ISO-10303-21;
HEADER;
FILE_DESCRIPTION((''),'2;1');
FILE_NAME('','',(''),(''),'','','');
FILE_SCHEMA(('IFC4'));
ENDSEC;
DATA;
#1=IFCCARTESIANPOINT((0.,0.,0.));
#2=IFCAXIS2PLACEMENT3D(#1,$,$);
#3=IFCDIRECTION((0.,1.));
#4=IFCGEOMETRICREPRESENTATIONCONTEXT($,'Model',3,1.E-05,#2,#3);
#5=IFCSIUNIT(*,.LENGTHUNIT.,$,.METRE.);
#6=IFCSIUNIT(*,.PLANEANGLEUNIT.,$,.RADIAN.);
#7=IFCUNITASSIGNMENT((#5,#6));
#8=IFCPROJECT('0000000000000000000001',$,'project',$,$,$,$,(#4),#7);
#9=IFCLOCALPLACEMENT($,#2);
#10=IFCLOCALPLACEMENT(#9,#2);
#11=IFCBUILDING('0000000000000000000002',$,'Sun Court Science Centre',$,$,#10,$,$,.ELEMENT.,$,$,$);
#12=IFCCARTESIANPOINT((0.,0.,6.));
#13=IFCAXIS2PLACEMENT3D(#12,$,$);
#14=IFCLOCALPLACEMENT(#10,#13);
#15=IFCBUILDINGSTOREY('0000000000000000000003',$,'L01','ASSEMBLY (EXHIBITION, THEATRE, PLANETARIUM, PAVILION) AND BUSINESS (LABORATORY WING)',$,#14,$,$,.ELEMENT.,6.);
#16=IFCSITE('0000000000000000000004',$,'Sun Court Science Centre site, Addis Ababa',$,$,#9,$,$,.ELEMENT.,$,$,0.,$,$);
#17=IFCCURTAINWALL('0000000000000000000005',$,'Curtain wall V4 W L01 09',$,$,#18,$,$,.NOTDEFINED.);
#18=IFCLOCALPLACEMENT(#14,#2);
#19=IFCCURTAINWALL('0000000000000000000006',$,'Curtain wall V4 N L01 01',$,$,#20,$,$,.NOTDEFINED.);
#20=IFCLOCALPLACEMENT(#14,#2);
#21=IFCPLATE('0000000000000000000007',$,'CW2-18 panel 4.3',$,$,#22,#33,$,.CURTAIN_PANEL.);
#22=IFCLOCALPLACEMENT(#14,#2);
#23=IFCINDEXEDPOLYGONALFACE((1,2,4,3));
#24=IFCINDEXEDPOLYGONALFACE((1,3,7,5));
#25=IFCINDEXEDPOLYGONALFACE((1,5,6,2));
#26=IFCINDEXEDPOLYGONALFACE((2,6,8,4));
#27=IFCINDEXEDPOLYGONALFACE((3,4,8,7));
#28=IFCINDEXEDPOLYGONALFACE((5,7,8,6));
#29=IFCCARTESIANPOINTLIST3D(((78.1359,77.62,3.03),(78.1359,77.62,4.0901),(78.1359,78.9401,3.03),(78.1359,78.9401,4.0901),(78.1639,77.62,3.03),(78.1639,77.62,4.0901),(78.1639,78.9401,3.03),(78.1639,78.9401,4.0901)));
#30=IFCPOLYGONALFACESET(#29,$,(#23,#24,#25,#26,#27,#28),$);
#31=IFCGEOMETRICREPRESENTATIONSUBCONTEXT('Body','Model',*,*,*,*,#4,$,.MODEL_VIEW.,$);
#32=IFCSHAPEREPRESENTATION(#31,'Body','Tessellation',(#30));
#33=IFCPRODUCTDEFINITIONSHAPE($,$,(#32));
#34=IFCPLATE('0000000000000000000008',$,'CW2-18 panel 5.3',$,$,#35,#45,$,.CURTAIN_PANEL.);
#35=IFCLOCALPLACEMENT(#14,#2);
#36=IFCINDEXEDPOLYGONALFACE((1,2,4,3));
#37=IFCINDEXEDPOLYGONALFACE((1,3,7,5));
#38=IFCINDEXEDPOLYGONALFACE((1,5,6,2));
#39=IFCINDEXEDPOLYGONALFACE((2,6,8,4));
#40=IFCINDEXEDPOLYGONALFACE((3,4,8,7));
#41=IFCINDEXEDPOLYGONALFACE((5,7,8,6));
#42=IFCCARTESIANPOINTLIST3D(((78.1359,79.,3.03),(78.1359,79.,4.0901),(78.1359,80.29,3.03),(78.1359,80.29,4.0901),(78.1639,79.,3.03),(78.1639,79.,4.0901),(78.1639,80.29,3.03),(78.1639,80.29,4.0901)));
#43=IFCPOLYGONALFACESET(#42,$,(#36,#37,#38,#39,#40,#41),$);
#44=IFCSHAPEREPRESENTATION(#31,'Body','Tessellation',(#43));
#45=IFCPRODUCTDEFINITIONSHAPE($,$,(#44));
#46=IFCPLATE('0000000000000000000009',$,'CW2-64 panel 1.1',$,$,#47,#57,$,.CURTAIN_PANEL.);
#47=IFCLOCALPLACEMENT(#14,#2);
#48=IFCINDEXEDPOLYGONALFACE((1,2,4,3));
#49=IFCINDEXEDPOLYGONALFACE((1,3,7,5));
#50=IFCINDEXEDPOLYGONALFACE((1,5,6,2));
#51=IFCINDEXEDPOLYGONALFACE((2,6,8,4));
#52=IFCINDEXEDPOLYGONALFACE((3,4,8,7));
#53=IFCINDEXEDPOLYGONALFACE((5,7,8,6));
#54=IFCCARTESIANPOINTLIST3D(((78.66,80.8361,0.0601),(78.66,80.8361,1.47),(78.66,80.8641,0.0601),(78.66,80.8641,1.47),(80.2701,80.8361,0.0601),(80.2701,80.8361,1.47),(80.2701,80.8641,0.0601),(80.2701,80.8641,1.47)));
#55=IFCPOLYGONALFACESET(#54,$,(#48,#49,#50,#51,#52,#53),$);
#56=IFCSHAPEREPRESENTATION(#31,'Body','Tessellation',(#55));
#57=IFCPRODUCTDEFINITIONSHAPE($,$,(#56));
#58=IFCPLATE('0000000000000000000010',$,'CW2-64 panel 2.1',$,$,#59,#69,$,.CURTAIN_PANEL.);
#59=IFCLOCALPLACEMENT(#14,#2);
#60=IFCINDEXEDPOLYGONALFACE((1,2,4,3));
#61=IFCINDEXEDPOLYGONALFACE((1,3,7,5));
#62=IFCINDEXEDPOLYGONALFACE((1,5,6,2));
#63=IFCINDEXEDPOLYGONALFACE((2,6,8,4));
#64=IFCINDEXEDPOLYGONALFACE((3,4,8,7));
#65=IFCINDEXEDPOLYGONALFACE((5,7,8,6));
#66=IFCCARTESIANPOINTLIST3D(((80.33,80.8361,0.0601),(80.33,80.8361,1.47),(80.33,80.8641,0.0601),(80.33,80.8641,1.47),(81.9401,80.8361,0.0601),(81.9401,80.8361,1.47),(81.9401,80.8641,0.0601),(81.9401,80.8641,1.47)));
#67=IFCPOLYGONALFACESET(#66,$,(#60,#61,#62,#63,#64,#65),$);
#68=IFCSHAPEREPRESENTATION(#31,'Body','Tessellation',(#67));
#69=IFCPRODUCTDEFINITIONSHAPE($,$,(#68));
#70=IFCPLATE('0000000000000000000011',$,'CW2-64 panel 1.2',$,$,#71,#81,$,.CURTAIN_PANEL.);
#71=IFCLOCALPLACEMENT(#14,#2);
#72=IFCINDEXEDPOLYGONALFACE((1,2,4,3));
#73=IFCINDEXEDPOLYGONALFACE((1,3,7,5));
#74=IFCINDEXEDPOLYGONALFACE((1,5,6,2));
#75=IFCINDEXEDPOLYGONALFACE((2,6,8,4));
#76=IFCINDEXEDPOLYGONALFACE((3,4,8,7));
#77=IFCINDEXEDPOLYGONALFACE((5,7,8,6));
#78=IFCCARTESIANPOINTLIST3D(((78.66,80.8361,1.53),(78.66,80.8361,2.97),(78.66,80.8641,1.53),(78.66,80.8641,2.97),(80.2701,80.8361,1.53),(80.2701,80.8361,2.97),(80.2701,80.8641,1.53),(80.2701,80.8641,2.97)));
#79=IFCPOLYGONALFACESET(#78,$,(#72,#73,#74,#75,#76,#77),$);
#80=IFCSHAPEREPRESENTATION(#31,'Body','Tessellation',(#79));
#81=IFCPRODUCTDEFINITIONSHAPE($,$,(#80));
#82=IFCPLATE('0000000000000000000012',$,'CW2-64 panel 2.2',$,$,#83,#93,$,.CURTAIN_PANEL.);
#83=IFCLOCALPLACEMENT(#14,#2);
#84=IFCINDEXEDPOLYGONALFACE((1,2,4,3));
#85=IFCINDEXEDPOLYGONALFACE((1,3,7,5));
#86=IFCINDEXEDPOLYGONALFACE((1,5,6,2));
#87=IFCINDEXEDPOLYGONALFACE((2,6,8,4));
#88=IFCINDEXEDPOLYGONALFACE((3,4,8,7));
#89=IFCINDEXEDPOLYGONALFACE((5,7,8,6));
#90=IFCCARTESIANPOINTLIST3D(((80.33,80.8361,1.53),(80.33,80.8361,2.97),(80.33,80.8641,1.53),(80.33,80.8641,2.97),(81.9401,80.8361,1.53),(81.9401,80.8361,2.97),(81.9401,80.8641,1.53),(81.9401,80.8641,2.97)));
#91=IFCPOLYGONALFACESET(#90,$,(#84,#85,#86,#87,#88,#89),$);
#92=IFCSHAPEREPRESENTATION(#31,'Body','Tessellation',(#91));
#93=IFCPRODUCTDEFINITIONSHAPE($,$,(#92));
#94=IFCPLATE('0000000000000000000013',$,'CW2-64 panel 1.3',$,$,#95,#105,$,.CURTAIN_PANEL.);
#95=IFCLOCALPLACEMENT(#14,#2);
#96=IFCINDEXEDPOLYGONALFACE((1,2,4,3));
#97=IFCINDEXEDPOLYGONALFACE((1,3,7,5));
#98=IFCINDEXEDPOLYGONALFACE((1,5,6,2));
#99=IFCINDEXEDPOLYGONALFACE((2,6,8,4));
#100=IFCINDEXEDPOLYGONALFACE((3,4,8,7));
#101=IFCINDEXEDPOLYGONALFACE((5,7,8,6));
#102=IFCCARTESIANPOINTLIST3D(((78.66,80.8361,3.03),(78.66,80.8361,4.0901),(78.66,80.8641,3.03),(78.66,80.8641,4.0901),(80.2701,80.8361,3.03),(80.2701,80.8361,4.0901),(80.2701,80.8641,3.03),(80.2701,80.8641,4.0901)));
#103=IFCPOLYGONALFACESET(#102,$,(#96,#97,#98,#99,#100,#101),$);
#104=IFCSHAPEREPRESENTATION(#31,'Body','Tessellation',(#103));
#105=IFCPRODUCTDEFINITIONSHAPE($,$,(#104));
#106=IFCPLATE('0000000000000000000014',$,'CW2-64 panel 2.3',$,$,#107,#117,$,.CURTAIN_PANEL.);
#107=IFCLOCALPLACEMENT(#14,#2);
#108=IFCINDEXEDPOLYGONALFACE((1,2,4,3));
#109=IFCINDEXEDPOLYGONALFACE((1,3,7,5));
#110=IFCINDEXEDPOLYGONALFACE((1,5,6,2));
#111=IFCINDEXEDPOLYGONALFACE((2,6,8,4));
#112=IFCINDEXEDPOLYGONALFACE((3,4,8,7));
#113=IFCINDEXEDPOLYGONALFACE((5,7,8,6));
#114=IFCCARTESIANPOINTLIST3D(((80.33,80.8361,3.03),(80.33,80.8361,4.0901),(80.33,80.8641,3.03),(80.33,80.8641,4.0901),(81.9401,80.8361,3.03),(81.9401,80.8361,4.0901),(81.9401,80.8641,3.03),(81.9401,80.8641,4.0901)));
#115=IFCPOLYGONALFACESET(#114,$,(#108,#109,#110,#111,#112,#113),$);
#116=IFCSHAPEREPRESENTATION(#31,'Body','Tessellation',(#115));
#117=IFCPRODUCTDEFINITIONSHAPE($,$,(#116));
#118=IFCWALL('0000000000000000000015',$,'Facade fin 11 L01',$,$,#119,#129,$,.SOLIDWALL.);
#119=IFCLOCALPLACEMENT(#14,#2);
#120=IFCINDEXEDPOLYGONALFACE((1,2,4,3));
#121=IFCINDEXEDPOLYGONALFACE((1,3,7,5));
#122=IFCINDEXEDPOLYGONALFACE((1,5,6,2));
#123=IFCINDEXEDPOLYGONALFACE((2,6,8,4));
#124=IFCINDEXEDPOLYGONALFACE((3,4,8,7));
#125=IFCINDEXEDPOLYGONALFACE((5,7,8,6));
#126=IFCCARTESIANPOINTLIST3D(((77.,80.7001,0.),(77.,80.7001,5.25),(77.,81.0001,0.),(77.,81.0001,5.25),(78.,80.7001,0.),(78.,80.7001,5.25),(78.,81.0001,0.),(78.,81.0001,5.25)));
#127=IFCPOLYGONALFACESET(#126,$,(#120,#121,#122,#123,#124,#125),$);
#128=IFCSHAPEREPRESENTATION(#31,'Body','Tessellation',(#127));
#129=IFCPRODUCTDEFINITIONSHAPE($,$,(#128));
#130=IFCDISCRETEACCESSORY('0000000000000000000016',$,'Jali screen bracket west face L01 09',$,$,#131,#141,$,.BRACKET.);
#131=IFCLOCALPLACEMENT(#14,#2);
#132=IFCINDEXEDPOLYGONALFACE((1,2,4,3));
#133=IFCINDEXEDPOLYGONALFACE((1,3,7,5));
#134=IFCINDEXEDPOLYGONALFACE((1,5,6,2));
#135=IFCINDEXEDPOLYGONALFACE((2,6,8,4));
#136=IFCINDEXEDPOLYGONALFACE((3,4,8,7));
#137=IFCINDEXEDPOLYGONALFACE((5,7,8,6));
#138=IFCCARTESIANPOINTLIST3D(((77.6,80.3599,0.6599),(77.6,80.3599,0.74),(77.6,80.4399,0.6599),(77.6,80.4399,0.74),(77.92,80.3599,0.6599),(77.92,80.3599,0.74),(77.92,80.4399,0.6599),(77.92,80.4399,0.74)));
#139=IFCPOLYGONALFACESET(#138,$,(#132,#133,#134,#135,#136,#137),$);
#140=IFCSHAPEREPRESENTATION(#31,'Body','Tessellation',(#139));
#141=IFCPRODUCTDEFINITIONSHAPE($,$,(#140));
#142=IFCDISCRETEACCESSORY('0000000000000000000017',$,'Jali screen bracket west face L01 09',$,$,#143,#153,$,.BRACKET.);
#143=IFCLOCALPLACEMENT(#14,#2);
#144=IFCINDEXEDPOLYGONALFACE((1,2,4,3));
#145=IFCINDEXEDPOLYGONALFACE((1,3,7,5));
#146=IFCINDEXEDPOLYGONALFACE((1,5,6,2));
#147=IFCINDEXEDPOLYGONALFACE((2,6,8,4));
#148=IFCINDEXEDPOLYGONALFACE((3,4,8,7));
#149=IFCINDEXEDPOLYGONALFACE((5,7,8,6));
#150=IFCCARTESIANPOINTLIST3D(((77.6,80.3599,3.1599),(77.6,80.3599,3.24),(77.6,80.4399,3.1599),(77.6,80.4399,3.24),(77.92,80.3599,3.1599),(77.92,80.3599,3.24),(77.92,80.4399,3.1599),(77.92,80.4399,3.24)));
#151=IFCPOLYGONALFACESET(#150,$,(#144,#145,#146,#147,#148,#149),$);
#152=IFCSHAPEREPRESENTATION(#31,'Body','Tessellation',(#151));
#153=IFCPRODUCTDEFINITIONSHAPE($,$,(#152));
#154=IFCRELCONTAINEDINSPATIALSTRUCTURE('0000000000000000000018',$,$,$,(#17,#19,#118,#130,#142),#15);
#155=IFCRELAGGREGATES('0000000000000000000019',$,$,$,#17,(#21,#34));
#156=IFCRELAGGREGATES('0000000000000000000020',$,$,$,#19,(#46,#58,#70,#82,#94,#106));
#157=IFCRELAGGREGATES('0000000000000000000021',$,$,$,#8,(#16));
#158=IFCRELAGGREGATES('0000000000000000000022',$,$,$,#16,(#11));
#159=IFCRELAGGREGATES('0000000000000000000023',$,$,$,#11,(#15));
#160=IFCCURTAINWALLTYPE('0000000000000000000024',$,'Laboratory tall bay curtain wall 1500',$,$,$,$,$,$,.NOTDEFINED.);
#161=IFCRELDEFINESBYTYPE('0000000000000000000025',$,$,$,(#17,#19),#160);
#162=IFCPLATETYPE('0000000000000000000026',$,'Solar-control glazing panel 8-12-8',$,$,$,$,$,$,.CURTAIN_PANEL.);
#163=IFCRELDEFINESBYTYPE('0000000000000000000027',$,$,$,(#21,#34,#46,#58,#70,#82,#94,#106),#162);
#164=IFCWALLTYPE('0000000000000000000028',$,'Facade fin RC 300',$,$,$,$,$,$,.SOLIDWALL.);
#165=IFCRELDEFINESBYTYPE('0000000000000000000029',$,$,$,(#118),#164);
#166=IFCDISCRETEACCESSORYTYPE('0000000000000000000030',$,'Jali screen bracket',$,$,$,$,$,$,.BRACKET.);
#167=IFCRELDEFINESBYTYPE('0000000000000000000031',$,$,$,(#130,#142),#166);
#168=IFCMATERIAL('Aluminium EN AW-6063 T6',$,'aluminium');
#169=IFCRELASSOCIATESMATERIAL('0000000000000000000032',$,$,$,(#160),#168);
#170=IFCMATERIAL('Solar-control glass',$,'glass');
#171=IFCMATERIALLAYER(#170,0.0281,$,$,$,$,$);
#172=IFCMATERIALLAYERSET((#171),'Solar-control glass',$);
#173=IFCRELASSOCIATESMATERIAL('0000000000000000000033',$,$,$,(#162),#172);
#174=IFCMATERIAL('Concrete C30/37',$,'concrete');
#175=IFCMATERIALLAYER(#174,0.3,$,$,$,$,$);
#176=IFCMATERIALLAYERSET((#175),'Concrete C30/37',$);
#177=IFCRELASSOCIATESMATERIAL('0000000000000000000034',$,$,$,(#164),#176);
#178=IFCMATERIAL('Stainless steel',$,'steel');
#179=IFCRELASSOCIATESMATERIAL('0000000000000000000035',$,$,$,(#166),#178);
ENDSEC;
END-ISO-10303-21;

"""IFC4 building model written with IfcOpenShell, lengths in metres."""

from ifc_helpers import new_model, si_unit, direction, frame, frame_2d, origin, origin_2d, place, context, subcontext, project, spatial, rectangle, extrude, material, layer, layer_set, type_object, element, aggregate, save


model = new_model("IFC4")

# Units and contexts
model_context = context("Model", 3, precision=1e-05, world=origin(), true_north=direction((0.0, 1.0)))
body_context = subcontext(model_context, "Body", "Model", "MODEL_VIEW")
ifc_project = project(units=[si_unit("LENGTHUNIT", "METRE"), si_unit("PLANEANGLEUNIT", "RADIAN")], contexts=[model_context])

# Site, building, storey
site_placement = place(None, origin())
site = spatial("IfcSite", under=ifc_project, at=site_placement, Name="Sun Court Science Centre site, Addis Ababa", CompositionType="ELEMENT", RefElevation=0.0)
building_placement = place(site_placement, origin())
building = spatial("IfcBuilding", under=site, at=building_placement, Name="Sun Court Science Centre", CompositionType="ELEMENT")
storey_placement = place(building_placement, frame((0.0, 0.0, 6.0)))
storey = spatial("IfcBuildingStorey", under=building, at=storey_placement, Name="L01", Description="ASSEMBLY (EXHIBITION, THEATRE, PLANETARIUM, PAVILION) AND BUSINESS (LABORATORY WING)", CompositionType="ELEMENT", Elevation=6.0)

# Curtain walls
ifc_material_1 = material(Name="Aluminium EN AW-6063 T6", Category="aluminium")
curtain_wall_type = type_object("IfcCurtainWallType", Name="Laboratory tall bay curtain wall 1500", PredefinedType="NOTDEFINED", material=ifc_material_1)
curtain_wall_1_placement = place(storey_placement, origin())
curtain_wall_1 = element("IfcCurtainWall", 1, at=curtain_wall_1_placement, inside=storey, type_object=curtain_wall_type, Name="Curtain wall V4 W L01 09", PredefinedType="NOTDEFINED")
curtain_wall_2_placement = place(storey_placement, origin())
curtain_wall_2 = element("IfcCurtainWall", 2, at=curtain_wall_2_placement, inside=storey, type_object=curtain_wall_type, Name="Curtain wall V4 N L01 01", PredefinedType="NOTDEFINED")

# Plates
ifc_material_2 = material(Name="Solar-control glass", Category="glass")
ifc_layer_1 = layer(ifc_material_2, 0.0281)
ifc_layer_set_1 = layer_set([ifc_layer_1], Name="Solar-control glass")
plate_type = type_object("IfcPlateType", Name="Solar-control glazing panel 8-12-8", PredefinedType="CURTAIN_PANEL", material=ifc_layer_set_1)
plate_1_placement = place(storey_placement, frame((78.1499, 78.28, 3.03), z_axis=(0.0, 0.0, 1.0), x_axis=(0.0, 1.0, 0.0)))
plate_1 = element("IfcPlate", 3, at=plate_1_placement, type_object=plate_type, Name="CW2-18 panel 4.3", PredefinedType="CURTAIN_PANEL", context=body_context, shape_type="SweptSolid", body=[
    extrude(rectangle(XDim=1.3201, YDim=0.0281, at=origin_2d()), origin(), (0.0, 0.0, 1.0), 1.0601),
])
plate_2_placement = place(storey_placement, frame((78.1499, 79.645, 3.03), z_axis=(0.0, 0.0, 1.0), x_axis=(0.0, 1.0, 0.0)))
plate_2 = element("IfcPlate", 4, at=plate_2_placement, type_object=plate_type, Name="CW2-18 panel 5.3", PredefinedType="CURTAIN_PANEL", context=body_context, shape_type="SweptSolid", body=[
    extrude(rectangle(XDim=1.29, YDim=0.0281, at=origin_2d()), origin(), (0.0, 0.0, 1.0), 1.0601),
])
aggregate(curtain_wall_1, [plate_1, plate_2])
plate_3_placement = place(storey_placement, frame((79.4651, 80.8501, 0.0601), z_axis=(0.0, 0.0, 1.0), x_axis=(1.0, 0.0, 0.0)))
plate_3 = element("IfcPlate", 5, at=plate_3_placement, type_object=plate_type, Name="CW2-64 panel 1.1", PredefinedType="CURTAIN_PANEL", context=body_context, shape_type="SweptSolid", body=[
    extrude(rectangle(XDim=1.6101, YDim=0.0281, at=origin_2d()), origin(), (0.0, 0.0, 1.0), 1.4099),
])
plate_4_placement = place(storey_placement, frame((81.135, 80.8501, 0.0601), z_axis=(0.0, 0.0, 1.0), x_axis=(1.0, 0.0, 0.0)))
plate_4 = element("IfcPlate", 6, at=plate_4_placement, type_object=plate_type, Name="CW2-64 panel 2.1", PredefinedType="CURTAIN_PANEL", context=body_context, shape_type="SweptSolid", body=[
    extrude(rectangle(XDim=1.6101, YDim=0.0281, at=origin_2d()), origin(), (0.0, 0.0, 1.0), 1.4099),
])
plate_5_placement = place(storey_placement, frame((79.4651, 80.8501, 1.53), z_axis=(0.0, 0.0, 1.0), x_axis=(1.0, 0.0, 0.0)))
plate_5 = element("IfcPlate", 7, at=plate_5_placement, type_object=plate_type, Name="CW2-64 panel 1.2", PredefinedType="CURTAIN_PANEL", context=body_context, shape_type="SweptSolid", body=[
    extrude(rectangle(XDim=1.6101, YDim=0.0281, at=origin_2d()), origin(), (0.0, 0.0, 1.0), 1.4399),
])
plate_6_placement = place(storey_placement, frame((81.135, 80.8501, 1.53), z_axis=(0.0, 0.0, 1.0), x_axis=(1.0, 0.0, 0.0)))
plate_6 = element("IfcPlate", 8, at=plate_6_placement, type_object=plate_type, Name="CW2-64 panel 2.2", PredefinedType="CURTAIN_PANEL", context=body_context, shape_type="SweptSolid", body=[
    extrude(rectangle(XDim=1.6101, YDim=0.0281, at=origin_2d()), origin(), (0.0, 0.0, 1.0), 1.4399),
])
plate_7_placement = place(storey_placement, frame((79.4651, 80.8501, 3.03), z_axis=(0.0, 0.0, 1.0), x_axis=(1.0, 0.0, 0.0)))
plate_7 = element("IfcPlate", 9, at=plate_7_placement, type_object=plate_type, Name="CW2-64 panel 1.3", PredefinedType="CURTAIN_PANEL", context=body_context, shape_type="SweptSolid", body=[
    extrude(rectangle(XDim=1.6101, YDim=0.0281, at=origin_2d()), origin(), (0.0, 0.0, 1.0), 1.0601),
])
plate_8_placement = place(storey_placement, frame((81.135, 80.8501, 3.03), z_axis=(0.0, 0.0, 1.0), x_axis=(1.0, 0.0, 0.0)))
plate_8 = element("IfcPlate", 10, at=plate_8_placement, type_object=plate_type, Name="CW2-64 panel 2.3", PredefinedType="CURTAIN_PANEL", context=body_context, shape_type="SweptSolid", body=[
    extrude(rectangle(XDim=1.6101, YDim=0.0281, at=origin_2d()), origin(), (0.0, 0.0, 1.0), 1.0601),
])
aggregate(curtain_wall_2, [plate_3, plate_4, plate_5, plate_6, plate_7, plate_8])

# Wall
ifc_material_3 = material(Name="Concrete C30/37", Category="concrete")
ifc_layer_2 = layer(ifc_material_3, 0.3)
ifc_layer_set_2 = layer_set([ifc_layer_2], Name="Concrete C30/37")
wall_type = type_object("IfcWallType", Name="Facade fin RC 300", PredefinedType="SOLIDWALL", material=ifc_layer_set_2)
wall_placement = place(storey_placement, frame((77.0, 80.8501, 0.0), z_axis=(0.0, 0.0, 1.0), x_axis=(1.0, 0.0, 0.0)))
element("IfcWall", 11, at=wall_placement, inside=storey, type_object=wall_type, Name="Facade fin 11 L01", PredefinedType="SOLIDWALL", context=body_context, shape_type="SweptSolid", body=[
    extrude(rectangle(XDim=1.0, YDim=0.3, at=frame_2d((0.5, 0.0))), origin(), (0.0, 0.0, 1.0), 5.25),
])

# Discrete accessories
ifc_material_4 = material(Name="Stainless steel", Category="steel")
discrete_accessory_type = type_object("IfcDiscreteAccessoryType", Name="Jali screen bracket", PredefinedType="BRACKET", material=ifc_material_4)
for number, where, z_axis, x_axis, name in (
    (12, (77.76, 80.3999, 0.6599), (0.0, 0.0, 1.0), (0.0, 1.0, 0.0), "Jali screen bracket west face L01 09"),
    (13, (77.76, 80.3999, 3.1599), (0.0, 0.0, 1.0), (0.0, 1.0, 0.0), "Jali screen bracket west face L01 09"),
):
    element("IfcDiscreteAccessory", number, at=place(storey_placement, frame(where, z_axis=z_axis, x_axis=x_axis)), inside=storey, type_object=discrete_accessory_type, Name=name, PredefinedType="BRACKET", context=body_context, shape_type="SweptSolid", body=[
        extrude(rectangle(XDim=0.0801, YDim=0.3201, at=origin_2d()), origin(), (0.0, 0.0, 1.0), 0.0801),
    ])

save(model, "model.ifc")
